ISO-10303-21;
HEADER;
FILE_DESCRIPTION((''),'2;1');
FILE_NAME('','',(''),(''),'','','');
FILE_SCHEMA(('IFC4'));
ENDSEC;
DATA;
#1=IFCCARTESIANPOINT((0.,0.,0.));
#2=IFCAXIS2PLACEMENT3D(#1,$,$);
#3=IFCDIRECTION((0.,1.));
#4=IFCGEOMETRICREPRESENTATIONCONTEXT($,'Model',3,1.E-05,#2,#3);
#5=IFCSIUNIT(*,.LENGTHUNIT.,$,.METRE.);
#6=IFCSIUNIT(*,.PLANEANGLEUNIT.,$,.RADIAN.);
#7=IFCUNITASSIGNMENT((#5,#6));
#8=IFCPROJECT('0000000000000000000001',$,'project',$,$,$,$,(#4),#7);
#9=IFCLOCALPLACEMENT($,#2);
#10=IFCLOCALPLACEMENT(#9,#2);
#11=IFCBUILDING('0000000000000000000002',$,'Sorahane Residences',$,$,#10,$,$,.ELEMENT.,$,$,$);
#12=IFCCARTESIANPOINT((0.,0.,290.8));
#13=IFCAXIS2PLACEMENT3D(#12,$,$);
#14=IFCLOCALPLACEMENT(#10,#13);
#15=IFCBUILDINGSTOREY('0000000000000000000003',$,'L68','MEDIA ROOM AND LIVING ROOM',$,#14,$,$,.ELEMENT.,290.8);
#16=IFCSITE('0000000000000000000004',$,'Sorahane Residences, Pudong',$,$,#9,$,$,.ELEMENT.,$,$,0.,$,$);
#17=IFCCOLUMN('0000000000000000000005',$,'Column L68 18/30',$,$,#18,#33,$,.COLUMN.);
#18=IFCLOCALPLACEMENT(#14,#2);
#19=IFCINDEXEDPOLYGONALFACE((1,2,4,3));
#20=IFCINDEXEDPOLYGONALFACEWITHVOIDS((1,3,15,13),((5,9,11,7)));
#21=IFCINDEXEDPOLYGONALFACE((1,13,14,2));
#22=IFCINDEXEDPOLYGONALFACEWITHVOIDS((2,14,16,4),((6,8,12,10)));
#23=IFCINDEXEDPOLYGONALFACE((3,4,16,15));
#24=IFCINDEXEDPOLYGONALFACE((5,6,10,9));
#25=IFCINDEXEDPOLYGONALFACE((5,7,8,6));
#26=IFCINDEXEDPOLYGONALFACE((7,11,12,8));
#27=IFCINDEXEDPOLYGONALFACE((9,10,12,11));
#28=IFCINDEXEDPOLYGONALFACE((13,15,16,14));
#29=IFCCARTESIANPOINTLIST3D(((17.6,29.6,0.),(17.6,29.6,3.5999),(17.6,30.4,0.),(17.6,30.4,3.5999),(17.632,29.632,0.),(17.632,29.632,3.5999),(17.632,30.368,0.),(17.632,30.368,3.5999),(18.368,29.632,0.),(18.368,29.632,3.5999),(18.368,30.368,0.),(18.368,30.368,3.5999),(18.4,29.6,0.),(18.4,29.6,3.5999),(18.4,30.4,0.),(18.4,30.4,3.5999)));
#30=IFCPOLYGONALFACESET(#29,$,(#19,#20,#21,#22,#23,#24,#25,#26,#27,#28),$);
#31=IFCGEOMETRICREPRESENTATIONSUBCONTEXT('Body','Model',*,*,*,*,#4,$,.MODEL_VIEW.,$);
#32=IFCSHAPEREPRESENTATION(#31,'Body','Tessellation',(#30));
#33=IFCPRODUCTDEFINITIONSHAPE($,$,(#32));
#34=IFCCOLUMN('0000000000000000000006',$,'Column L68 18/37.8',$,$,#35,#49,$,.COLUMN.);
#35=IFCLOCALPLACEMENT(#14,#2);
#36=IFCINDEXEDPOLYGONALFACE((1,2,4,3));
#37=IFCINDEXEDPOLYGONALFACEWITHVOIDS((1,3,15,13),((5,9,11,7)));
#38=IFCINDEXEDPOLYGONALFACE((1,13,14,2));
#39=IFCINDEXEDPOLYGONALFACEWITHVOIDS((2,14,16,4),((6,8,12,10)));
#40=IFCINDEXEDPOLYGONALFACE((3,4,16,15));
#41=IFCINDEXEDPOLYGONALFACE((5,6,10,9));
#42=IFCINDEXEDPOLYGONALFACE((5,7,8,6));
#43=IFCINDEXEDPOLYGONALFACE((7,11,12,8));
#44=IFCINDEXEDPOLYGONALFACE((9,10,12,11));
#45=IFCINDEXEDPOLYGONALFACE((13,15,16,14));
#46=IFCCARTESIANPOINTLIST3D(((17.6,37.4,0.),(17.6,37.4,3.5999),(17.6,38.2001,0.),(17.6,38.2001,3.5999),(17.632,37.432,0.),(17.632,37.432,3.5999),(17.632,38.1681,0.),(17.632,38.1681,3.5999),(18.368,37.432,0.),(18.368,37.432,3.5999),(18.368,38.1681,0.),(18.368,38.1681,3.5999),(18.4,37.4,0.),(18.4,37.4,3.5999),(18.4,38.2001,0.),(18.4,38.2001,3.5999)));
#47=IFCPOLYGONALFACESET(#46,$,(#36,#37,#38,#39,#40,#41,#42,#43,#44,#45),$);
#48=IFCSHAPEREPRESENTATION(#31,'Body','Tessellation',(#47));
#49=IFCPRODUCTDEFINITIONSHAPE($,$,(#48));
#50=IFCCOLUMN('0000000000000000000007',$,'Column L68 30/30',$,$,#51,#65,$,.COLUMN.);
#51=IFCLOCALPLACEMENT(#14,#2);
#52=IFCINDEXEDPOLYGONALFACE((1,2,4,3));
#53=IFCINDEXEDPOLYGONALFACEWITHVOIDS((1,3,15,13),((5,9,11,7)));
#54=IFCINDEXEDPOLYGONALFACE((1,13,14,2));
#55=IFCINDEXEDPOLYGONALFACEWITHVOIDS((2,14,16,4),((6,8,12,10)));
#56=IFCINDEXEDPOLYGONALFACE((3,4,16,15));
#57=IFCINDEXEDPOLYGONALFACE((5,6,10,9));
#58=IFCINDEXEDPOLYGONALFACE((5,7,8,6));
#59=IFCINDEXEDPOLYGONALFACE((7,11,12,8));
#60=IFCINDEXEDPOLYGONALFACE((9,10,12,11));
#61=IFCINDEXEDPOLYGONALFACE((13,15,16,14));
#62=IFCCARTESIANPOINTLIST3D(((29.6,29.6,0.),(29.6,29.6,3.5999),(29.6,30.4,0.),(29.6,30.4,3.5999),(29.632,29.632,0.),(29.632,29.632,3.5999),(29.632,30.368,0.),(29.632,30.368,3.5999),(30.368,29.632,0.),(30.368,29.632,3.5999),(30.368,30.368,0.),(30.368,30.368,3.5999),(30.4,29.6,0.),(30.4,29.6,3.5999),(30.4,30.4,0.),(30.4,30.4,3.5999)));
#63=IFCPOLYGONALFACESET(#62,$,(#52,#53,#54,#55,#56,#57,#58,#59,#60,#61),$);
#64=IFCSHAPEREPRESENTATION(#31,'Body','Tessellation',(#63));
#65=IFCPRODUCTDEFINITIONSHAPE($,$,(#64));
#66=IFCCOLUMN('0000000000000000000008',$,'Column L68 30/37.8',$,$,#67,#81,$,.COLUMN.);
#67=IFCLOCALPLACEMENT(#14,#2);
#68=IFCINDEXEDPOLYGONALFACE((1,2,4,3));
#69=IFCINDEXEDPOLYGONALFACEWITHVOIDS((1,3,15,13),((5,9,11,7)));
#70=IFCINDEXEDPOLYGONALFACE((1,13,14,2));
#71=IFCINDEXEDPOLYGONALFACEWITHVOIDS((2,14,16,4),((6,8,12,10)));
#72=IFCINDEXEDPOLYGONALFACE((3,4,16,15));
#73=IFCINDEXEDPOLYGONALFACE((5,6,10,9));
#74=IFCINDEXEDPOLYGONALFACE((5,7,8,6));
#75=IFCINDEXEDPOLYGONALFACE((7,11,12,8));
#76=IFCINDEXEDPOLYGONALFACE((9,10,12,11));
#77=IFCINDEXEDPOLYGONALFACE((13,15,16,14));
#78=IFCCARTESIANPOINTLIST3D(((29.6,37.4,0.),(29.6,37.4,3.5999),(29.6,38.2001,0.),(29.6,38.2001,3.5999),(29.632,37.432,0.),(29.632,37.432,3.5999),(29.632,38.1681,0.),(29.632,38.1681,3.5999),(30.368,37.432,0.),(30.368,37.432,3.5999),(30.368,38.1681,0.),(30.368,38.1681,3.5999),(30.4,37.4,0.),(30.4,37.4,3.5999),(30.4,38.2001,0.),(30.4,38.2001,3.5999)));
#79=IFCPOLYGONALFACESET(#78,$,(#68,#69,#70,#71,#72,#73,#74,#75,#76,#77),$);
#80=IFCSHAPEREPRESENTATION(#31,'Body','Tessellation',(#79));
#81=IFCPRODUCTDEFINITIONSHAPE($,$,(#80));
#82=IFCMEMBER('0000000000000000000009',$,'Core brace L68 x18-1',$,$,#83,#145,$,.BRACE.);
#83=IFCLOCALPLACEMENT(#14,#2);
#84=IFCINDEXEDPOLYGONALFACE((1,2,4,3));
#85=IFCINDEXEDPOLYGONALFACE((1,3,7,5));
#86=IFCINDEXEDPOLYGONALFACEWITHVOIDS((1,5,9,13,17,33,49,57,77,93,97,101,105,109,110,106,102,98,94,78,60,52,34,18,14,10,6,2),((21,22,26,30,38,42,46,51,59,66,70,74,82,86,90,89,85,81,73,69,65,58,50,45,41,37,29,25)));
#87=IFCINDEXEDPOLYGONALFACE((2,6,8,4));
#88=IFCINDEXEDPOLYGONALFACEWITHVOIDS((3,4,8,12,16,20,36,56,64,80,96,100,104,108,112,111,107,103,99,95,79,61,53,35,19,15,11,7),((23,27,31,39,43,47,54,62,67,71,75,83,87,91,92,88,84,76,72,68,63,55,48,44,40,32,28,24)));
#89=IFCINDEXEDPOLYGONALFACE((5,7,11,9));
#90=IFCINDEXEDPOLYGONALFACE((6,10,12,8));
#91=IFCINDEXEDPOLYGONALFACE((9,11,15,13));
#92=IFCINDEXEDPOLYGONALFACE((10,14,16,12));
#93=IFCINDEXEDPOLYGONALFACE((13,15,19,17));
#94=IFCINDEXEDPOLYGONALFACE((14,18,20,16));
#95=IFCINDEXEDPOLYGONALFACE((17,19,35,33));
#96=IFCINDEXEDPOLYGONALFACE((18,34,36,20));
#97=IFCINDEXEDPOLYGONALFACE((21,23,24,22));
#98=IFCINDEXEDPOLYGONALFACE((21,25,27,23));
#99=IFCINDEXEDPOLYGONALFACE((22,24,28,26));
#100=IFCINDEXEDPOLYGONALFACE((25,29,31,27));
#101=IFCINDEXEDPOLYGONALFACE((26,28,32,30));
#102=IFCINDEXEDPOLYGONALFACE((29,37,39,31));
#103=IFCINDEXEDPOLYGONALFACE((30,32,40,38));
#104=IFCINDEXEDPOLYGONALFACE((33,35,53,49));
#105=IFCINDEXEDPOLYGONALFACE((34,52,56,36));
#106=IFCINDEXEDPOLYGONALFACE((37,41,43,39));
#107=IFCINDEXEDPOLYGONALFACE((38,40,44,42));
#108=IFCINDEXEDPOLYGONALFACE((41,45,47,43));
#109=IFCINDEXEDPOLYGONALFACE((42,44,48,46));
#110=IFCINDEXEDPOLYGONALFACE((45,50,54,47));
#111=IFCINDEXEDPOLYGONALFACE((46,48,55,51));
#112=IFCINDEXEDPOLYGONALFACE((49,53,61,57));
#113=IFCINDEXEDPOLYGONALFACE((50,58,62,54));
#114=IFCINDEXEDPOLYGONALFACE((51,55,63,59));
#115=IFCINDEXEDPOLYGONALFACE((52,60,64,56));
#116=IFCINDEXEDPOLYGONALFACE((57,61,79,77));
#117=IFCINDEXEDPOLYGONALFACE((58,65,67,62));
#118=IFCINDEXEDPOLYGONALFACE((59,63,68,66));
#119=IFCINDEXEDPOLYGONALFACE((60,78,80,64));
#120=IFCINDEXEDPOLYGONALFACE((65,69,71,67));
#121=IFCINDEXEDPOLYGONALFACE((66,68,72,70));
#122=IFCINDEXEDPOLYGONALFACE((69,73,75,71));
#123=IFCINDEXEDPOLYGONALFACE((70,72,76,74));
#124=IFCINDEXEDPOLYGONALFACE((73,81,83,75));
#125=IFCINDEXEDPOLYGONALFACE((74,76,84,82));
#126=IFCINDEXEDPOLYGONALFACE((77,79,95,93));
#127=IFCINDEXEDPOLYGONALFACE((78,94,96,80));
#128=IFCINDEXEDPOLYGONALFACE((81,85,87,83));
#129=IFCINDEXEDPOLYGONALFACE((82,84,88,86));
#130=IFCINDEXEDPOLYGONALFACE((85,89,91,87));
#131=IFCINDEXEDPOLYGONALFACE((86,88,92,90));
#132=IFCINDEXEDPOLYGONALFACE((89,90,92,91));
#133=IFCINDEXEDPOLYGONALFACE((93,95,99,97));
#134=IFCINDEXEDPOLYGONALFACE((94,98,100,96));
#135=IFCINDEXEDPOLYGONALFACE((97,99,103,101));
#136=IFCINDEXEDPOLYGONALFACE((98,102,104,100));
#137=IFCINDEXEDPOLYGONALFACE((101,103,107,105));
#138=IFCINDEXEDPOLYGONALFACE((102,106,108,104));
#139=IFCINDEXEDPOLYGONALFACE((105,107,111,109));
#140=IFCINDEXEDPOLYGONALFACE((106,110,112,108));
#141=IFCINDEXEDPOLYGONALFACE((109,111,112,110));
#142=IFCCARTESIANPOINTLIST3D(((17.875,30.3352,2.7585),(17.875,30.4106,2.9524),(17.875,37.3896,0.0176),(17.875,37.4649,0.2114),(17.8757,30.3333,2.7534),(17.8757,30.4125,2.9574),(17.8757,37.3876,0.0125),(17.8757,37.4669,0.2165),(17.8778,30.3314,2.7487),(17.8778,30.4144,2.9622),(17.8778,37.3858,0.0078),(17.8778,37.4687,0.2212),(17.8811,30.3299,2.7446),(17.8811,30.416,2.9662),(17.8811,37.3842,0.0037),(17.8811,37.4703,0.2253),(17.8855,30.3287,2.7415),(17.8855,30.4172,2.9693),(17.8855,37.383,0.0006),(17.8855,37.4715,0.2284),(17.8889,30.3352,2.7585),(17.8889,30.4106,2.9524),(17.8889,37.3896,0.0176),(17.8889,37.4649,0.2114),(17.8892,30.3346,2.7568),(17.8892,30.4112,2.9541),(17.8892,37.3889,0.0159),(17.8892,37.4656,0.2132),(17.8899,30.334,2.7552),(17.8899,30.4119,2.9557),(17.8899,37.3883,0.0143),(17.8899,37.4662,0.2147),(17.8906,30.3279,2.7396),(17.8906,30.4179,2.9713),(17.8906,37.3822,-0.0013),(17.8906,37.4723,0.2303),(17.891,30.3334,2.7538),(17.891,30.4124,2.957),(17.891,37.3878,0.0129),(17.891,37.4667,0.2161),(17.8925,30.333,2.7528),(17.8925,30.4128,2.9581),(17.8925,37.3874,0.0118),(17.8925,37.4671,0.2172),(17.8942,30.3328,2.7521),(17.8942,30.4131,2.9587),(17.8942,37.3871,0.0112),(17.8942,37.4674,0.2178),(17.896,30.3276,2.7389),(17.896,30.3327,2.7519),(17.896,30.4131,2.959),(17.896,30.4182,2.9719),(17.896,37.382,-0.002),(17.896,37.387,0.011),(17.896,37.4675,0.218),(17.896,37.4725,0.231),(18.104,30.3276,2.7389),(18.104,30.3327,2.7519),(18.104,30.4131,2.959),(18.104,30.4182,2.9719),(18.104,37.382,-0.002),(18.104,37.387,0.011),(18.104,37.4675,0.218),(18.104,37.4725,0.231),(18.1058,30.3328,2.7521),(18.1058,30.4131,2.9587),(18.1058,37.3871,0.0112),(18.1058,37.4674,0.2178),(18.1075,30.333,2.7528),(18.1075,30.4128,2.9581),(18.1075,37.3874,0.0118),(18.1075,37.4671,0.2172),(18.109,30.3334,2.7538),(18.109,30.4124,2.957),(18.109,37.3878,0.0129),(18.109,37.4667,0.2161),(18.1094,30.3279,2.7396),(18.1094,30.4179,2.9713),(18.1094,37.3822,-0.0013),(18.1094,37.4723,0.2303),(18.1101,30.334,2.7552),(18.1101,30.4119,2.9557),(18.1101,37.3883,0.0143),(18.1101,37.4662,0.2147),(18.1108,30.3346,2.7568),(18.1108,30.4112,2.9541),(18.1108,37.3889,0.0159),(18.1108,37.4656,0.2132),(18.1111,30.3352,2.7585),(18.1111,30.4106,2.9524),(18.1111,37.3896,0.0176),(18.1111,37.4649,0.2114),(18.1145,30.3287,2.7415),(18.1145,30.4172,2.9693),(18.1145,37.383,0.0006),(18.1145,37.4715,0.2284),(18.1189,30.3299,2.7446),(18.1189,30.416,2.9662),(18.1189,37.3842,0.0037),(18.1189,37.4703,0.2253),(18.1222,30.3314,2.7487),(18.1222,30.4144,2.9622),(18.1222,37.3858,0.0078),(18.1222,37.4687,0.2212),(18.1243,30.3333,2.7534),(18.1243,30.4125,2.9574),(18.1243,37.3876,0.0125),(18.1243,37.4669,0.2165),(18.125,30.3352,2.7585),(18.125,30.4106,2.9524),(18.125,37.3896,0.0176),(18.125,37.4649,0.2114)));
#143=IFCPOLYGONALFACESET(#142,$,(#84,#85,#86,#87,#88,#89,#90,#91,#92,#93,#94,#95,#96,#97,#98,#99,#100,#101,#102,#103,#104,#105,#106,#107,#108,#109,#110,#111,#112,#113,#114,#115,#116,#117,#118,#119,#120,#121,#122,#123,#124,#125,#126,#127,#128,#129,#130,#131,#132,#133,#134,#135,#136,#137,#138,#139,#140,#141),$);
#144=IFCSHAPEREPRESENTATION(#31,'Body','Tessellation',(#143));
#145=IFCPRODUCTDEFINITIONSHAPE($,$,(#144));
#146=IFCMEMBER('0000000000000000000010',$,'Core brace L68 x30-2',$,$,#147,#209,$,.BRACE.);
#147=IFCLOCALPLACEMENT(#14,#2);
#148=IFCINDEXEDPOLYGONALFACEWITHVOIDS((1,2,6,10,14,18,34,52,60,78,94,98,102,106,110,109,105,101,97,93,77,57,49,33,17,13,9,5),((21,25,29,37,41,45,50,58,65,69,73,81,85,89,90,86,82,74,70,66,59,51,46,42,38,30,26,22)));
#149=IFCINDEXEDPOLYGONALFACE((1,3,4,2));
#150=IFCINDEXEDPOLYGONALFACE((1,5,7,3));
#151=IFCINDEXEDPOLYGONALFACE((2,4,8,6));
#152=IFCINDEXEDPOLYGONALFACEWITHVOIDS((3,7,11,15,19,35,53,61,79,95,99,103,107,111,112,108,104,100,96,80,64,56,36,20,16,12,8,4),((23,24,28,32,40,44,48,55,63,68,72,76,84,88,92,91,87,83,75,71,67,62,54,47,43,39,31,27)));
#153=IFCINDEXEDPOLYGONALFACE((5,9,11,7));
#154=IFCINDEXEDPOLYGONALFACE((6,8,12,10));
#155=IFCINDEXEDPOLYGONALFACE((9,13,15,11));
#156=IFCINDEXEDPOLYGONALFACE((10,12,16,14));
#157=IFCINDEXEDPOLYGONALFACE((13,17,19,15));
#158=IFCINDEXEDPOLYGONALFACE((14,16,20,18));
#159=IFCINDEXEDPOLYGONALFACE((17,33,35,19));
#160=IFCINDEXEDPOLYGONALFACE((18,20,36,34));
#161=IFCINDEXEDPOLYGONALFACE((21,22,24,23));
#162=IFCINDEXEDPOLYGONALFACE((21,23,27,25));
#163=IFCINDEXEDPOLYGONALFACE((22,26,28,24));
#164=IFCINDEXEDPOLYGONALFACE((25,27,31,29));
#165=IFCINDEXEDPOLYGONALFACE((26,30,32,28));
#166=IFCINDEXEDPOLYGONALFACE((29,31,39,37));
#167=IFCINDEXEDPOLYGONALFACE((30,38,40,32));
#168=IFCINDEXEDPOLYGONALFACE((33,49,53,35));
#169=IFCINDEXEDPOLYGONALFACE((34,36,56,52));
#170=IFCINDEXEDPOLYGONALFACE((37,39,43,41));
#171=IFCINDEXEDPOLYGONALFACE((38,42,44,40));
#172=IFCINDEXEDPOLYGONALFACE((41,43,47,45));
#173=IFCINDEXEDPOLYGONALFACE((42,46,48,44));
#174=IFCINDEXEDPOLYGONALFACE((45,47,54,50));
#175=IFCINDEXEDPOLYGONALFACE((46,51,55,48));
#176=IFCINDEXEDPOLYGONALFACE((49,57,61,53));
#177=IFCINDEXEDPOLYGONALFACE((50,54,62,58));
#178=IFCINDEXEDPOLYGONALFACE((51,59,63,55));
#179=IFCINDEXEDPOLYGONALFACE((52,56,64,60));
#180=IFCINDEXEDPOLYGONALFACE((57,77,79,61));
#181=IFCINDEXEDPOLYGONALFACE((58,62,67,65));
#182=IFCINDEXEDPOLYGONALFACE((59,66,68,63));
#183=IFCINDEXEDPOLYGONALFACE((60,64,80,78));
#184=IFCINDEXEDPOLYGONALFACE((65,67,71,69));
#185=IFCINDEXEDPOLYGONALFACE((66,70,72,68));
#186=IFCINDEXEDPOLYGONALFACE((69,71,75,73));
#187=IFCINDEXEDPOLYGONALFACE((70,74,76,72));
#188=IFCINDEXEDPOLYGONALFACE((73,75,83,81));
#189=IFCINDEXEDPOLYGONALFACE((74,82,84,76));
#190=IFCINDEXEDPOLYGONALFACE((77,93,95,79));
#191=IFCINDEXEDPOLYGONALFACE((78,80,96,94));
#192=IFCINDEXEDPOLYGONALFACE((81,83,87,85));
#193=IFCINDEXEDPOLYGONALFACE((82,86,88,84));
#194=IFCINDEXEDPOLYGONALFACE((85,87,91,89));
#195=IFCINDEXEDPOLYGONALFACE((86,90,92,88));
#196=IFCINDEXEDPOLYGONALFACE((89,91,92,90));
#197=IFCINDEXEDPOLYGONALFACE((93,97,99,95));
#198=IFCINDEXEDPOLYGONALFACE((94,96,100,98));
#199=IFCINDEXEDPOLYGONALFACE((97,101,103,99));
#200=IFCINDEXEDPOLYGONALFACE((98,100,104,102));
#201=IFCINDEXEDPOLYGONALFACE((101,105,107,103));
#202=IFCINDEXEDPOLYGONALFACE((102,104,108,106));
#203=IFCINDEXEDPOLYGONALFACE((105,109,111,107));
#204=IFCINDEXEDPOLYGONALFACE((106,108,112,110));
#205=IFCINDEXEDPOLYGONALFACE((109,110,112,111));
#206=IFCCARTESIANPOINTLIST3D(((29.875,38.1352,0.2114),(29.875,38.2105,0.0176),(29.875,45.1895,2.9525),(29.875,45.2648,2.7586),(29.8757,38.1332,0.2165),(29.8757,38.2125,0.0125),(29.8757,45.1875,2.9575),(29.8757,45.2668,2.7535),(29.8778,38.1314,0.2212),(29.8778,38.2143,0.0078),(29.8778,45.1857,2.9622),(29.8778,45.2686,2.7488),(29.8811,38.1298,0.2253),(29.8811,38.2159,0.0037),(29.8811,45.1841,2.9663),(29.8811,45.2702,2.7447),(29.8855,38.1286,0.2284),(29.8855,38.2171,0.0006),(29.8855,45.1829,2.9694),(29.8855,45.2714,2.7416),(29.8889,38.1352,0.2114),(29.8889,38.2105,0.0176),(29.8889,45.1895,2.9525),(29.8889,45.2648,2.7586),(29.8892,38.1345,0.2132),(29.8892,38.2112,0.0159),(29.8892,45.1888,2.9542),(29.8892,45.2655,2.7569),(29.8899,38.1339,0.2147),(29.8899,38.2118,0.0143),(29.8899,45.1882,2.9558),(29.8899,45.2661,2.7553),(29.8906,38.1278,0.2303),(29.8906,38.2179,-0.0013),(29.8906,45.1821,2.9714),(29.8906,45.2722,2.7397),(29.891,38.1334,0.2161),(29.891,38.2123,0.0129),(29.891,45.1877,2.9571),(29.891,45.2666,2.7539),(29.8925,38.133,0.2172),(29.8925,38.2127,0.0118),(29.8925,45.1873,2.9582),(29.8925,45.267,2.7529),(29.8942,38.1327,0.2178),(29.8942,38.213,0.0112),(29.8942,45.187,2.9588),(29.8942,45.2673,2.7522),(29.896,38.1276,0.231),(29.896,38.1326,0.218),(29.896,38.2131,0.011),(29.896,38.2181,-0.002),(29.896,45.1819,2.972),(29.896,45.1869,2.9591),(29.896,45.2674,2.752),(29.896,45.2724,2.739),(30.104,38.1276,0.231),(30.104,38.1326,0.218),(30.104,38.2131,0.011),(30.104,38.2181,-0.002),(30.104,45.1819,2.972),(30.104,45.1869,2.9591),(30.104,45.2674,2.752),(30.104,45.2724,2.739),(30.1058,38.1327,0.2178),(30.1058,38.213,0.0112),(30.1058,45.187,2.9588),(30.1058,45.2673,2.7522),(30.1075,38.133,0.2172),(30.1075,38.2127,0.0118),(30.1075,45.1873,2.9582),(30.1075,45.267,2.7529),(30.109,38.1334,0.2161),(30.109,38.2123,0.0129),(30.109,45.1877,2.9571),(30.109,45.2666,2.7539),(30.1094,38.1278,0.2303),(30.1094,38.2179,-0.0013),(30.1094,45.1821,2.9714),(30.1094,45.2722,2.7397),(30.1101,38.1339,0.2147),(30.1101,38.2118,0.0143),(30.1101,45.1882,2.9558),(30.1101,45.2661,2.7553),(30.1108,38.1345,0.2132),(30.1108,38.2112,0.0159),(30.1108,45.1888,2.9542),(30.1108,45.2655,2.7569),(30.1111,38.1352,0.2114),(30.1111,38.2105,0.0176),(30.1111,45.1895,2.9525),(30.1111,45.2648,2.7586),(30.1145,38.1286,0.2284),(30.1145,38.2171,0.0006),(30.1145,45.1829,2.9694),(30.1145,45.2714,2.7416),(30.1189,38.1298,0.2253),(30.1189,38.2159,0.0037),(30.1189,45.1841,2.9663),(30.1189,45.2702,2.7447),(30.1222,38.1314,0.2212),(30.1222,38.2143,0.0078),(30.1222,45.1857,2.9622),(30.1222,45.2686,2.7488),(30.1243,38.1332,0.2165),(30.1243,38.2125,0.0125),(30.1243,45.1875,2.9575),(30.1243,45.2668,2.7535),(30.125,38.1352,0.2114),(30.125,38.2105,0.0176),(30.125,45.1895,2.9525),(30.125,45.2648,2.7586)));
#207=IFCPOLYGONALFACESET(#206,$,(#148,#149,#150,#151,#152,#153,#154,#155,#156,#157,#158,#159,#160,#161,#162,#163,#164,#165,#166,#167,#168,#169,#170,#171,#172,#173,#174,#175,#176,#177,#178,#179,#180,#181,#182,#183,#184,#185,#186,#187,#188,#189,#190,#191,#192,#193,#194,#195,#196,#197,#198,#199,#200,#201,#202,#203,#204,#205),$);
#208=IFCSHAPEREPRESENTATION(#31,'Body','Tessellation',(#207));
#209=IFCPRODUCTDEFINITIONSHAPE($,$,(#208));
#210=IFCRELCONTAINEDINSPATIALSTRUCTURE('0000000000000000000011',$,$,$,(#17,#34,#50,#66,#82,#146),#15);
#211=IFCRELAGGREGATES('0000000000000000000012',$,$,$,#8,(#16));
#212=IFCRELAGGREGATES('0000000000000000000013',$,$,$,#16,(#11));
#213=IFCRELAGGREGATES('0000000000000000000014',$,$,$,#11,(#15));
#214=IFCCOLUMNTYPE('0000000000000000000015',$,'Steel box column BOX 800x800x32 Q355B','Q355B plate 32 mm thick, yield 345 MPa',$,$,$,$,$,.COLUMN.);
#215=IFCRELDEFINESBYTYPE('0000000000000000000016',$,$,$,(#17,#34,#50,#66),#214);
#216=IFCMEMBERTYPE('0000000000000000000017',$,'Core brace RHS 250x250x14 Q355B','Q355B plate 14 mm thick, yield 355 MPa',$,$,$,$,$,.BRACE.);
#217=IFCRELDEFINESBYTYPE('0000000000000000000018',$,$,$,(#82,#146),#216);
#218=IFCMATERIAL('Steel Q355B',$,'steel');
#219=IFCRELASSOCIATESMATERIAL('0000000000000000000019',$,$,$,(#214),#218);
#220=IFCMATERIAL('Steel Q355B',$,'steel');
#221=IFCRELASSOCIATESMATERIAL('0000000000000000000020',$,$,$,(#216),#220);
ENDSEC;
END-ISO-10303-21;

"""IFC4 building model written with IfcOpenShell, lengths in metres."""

from ifc_helpers import new_model, si_unit, direction, frame, origin, origin_2d, place, context, subcontext, project, spatial, hollow_rectangle, extrude, material, material_profile, profile_set, type_object, element, save


model = new_model("IFC4")

# Units and contexts
model_context = context("Model", 3, precision=1e-05, world=origin(), true_north=direction((0.0, 1.0)))
body_context = subcontext(model_context, "Body", "Model", "MODEL_VIEW")
ifc_project = project(units=[si_unit("LENGTHUNIT", "METRE"), si_unit("PLANEANGLEUNIT", "RADIAN")], contexts=[model_context])

# Site, building, storey
site_placement = place(None, origin())
site = spatial("IfcSite", under=ifc_project, at=site_placement, Name="Sorahane Residences, Pudong", CompositionType="ELEMENT", RefElevation=0.0)
building_placement = place(site_placement, origin())
building = spatial("IfcBuilding", under=site, at=building_placement, Name="Sorahane Residences", CompositionType="ELEMENT")
storey_placement = place(building_placement, frame((0.0, 0.0, 290.8)))
storey = spatial("IfcBuildingStorey", under=building, at=storey_placement, Name="L68", Description="MEDIA ROOM AND LIVING ROOM", CompositionType="ELEMENT", Elevation=290.8)

# Columns
ifc_material_1 = material(Name="Steel Q355B", Category="steel")
ifc_material_profile_1 = material_profile(ifc_material_1, hollow_rectangle(XDim=0.8, YDim=0.8, WallThickness=0.032, at=origin_2d()), Name="BOX 800x800x32")
ifc_profile_set_1 = profile_set([ifc_material_profile_1], Name="Steel Q355B")
column_type = type_object("IfcColumnType", Name="Steel box column BOX 800x800x32 Q355B", Description="Q355B plate 32 mm thick, yield 345 MPa", PredefinedType="COLUMN", material=ifc_profile_set_1)
for number, where, z_axis, x_axis, name in (
    (1, (18.0, 30.0, 0.0), (0.0, 0.0, 1.0), (1.0, 0.0, 0.0), "Column L68 18/30"),
    (2, (18.0, 37.8, 0.0), (0.0, 0.0, 1.0), (1.0, 0.0, 0.0), "Column L68 18/37.8"),
    (3, (30.0, 30.0, 0.0), (0.0, 0.0, 1.0), (1.0, 0.0, 0.0), "Column L68 30/30"),
    (4, (30.0, 37.8, 0.0), (0.0, 0.0, 1.0), (1.0, 0.0, 0.0), "Column L68 30/37.8"),
):
    element("IfcColumn", number, at=place(storey_placement, frame(where, z_axis=z_axis, x_axis=x_axis)), inside=storey, type_object=column_type, Name=name, PredefinedType="COLUMN", context=body_context, shape_type="SweptSolid", body=[
        extrude(hollow_rectangle(XDim=0.8, YDim=0.8, WallThickness=0.032, at=origin_2d()), origin(), (0.0, 0.0, 1.0), 3.5999),
    ])

# Members
ifc_material_2 = material(Name="Steel Q355B", Category="steel")
ifc_material_profile_2 = material_profile(ifc_material_2, hollow_rectangle(XDim=0.25, YDim=0.25, WallThickness=0.0139, InnerFilletRadius=0.0071, OuterFilletRadius=0.021, at=origin_2d()), Name="RHS 250x250x14")
ifc_profile_set_2 = profile_set([ifc_material_profile_2], Name="Steel Q355B")
member_type = type_object("IfcMemberType", Name="Core brace RHS 250x250x14 Q355B", Description="Q355B plate 14 mm thick, yield 355 MPa", PredefinedType="BRACE", material=ifc_profile_set_2)
for number, where, z_axis, x_axis, name in (
    (5, (18.0, 37.4272, 0.1145), (0.0, -0.932113, 0.362168), (1.0, 0.0, 0.0), "Core brace L68 x18-1"),
    (6, (30.0, 38.1729, 0.1145), (0.0, 0.932109, 0.362178), (-1.0, 0.0, 0.0), "Core brace L68 x30-2"),
):
    element("IfcMember", number, at=place(storey_placement, frame(where, z_axis=z_axis, x_axis=x_axis)), inside=storey, type_object=member_type, Name=name, PredefinedType="BRACE", context=body_context, shape_type="SweptSolid", body=[
        extrude(hollow_rectangle(XDim=0.25, YDim=0.25, WallThickness=0.0139, InnerFilletRadius=0.0071, OuterFilletRadius=0.021, at=origin_2d()), origin(), (0.0, 0.0, 1.0), 7.5681),
    ])

save(model, "model.ifc")
